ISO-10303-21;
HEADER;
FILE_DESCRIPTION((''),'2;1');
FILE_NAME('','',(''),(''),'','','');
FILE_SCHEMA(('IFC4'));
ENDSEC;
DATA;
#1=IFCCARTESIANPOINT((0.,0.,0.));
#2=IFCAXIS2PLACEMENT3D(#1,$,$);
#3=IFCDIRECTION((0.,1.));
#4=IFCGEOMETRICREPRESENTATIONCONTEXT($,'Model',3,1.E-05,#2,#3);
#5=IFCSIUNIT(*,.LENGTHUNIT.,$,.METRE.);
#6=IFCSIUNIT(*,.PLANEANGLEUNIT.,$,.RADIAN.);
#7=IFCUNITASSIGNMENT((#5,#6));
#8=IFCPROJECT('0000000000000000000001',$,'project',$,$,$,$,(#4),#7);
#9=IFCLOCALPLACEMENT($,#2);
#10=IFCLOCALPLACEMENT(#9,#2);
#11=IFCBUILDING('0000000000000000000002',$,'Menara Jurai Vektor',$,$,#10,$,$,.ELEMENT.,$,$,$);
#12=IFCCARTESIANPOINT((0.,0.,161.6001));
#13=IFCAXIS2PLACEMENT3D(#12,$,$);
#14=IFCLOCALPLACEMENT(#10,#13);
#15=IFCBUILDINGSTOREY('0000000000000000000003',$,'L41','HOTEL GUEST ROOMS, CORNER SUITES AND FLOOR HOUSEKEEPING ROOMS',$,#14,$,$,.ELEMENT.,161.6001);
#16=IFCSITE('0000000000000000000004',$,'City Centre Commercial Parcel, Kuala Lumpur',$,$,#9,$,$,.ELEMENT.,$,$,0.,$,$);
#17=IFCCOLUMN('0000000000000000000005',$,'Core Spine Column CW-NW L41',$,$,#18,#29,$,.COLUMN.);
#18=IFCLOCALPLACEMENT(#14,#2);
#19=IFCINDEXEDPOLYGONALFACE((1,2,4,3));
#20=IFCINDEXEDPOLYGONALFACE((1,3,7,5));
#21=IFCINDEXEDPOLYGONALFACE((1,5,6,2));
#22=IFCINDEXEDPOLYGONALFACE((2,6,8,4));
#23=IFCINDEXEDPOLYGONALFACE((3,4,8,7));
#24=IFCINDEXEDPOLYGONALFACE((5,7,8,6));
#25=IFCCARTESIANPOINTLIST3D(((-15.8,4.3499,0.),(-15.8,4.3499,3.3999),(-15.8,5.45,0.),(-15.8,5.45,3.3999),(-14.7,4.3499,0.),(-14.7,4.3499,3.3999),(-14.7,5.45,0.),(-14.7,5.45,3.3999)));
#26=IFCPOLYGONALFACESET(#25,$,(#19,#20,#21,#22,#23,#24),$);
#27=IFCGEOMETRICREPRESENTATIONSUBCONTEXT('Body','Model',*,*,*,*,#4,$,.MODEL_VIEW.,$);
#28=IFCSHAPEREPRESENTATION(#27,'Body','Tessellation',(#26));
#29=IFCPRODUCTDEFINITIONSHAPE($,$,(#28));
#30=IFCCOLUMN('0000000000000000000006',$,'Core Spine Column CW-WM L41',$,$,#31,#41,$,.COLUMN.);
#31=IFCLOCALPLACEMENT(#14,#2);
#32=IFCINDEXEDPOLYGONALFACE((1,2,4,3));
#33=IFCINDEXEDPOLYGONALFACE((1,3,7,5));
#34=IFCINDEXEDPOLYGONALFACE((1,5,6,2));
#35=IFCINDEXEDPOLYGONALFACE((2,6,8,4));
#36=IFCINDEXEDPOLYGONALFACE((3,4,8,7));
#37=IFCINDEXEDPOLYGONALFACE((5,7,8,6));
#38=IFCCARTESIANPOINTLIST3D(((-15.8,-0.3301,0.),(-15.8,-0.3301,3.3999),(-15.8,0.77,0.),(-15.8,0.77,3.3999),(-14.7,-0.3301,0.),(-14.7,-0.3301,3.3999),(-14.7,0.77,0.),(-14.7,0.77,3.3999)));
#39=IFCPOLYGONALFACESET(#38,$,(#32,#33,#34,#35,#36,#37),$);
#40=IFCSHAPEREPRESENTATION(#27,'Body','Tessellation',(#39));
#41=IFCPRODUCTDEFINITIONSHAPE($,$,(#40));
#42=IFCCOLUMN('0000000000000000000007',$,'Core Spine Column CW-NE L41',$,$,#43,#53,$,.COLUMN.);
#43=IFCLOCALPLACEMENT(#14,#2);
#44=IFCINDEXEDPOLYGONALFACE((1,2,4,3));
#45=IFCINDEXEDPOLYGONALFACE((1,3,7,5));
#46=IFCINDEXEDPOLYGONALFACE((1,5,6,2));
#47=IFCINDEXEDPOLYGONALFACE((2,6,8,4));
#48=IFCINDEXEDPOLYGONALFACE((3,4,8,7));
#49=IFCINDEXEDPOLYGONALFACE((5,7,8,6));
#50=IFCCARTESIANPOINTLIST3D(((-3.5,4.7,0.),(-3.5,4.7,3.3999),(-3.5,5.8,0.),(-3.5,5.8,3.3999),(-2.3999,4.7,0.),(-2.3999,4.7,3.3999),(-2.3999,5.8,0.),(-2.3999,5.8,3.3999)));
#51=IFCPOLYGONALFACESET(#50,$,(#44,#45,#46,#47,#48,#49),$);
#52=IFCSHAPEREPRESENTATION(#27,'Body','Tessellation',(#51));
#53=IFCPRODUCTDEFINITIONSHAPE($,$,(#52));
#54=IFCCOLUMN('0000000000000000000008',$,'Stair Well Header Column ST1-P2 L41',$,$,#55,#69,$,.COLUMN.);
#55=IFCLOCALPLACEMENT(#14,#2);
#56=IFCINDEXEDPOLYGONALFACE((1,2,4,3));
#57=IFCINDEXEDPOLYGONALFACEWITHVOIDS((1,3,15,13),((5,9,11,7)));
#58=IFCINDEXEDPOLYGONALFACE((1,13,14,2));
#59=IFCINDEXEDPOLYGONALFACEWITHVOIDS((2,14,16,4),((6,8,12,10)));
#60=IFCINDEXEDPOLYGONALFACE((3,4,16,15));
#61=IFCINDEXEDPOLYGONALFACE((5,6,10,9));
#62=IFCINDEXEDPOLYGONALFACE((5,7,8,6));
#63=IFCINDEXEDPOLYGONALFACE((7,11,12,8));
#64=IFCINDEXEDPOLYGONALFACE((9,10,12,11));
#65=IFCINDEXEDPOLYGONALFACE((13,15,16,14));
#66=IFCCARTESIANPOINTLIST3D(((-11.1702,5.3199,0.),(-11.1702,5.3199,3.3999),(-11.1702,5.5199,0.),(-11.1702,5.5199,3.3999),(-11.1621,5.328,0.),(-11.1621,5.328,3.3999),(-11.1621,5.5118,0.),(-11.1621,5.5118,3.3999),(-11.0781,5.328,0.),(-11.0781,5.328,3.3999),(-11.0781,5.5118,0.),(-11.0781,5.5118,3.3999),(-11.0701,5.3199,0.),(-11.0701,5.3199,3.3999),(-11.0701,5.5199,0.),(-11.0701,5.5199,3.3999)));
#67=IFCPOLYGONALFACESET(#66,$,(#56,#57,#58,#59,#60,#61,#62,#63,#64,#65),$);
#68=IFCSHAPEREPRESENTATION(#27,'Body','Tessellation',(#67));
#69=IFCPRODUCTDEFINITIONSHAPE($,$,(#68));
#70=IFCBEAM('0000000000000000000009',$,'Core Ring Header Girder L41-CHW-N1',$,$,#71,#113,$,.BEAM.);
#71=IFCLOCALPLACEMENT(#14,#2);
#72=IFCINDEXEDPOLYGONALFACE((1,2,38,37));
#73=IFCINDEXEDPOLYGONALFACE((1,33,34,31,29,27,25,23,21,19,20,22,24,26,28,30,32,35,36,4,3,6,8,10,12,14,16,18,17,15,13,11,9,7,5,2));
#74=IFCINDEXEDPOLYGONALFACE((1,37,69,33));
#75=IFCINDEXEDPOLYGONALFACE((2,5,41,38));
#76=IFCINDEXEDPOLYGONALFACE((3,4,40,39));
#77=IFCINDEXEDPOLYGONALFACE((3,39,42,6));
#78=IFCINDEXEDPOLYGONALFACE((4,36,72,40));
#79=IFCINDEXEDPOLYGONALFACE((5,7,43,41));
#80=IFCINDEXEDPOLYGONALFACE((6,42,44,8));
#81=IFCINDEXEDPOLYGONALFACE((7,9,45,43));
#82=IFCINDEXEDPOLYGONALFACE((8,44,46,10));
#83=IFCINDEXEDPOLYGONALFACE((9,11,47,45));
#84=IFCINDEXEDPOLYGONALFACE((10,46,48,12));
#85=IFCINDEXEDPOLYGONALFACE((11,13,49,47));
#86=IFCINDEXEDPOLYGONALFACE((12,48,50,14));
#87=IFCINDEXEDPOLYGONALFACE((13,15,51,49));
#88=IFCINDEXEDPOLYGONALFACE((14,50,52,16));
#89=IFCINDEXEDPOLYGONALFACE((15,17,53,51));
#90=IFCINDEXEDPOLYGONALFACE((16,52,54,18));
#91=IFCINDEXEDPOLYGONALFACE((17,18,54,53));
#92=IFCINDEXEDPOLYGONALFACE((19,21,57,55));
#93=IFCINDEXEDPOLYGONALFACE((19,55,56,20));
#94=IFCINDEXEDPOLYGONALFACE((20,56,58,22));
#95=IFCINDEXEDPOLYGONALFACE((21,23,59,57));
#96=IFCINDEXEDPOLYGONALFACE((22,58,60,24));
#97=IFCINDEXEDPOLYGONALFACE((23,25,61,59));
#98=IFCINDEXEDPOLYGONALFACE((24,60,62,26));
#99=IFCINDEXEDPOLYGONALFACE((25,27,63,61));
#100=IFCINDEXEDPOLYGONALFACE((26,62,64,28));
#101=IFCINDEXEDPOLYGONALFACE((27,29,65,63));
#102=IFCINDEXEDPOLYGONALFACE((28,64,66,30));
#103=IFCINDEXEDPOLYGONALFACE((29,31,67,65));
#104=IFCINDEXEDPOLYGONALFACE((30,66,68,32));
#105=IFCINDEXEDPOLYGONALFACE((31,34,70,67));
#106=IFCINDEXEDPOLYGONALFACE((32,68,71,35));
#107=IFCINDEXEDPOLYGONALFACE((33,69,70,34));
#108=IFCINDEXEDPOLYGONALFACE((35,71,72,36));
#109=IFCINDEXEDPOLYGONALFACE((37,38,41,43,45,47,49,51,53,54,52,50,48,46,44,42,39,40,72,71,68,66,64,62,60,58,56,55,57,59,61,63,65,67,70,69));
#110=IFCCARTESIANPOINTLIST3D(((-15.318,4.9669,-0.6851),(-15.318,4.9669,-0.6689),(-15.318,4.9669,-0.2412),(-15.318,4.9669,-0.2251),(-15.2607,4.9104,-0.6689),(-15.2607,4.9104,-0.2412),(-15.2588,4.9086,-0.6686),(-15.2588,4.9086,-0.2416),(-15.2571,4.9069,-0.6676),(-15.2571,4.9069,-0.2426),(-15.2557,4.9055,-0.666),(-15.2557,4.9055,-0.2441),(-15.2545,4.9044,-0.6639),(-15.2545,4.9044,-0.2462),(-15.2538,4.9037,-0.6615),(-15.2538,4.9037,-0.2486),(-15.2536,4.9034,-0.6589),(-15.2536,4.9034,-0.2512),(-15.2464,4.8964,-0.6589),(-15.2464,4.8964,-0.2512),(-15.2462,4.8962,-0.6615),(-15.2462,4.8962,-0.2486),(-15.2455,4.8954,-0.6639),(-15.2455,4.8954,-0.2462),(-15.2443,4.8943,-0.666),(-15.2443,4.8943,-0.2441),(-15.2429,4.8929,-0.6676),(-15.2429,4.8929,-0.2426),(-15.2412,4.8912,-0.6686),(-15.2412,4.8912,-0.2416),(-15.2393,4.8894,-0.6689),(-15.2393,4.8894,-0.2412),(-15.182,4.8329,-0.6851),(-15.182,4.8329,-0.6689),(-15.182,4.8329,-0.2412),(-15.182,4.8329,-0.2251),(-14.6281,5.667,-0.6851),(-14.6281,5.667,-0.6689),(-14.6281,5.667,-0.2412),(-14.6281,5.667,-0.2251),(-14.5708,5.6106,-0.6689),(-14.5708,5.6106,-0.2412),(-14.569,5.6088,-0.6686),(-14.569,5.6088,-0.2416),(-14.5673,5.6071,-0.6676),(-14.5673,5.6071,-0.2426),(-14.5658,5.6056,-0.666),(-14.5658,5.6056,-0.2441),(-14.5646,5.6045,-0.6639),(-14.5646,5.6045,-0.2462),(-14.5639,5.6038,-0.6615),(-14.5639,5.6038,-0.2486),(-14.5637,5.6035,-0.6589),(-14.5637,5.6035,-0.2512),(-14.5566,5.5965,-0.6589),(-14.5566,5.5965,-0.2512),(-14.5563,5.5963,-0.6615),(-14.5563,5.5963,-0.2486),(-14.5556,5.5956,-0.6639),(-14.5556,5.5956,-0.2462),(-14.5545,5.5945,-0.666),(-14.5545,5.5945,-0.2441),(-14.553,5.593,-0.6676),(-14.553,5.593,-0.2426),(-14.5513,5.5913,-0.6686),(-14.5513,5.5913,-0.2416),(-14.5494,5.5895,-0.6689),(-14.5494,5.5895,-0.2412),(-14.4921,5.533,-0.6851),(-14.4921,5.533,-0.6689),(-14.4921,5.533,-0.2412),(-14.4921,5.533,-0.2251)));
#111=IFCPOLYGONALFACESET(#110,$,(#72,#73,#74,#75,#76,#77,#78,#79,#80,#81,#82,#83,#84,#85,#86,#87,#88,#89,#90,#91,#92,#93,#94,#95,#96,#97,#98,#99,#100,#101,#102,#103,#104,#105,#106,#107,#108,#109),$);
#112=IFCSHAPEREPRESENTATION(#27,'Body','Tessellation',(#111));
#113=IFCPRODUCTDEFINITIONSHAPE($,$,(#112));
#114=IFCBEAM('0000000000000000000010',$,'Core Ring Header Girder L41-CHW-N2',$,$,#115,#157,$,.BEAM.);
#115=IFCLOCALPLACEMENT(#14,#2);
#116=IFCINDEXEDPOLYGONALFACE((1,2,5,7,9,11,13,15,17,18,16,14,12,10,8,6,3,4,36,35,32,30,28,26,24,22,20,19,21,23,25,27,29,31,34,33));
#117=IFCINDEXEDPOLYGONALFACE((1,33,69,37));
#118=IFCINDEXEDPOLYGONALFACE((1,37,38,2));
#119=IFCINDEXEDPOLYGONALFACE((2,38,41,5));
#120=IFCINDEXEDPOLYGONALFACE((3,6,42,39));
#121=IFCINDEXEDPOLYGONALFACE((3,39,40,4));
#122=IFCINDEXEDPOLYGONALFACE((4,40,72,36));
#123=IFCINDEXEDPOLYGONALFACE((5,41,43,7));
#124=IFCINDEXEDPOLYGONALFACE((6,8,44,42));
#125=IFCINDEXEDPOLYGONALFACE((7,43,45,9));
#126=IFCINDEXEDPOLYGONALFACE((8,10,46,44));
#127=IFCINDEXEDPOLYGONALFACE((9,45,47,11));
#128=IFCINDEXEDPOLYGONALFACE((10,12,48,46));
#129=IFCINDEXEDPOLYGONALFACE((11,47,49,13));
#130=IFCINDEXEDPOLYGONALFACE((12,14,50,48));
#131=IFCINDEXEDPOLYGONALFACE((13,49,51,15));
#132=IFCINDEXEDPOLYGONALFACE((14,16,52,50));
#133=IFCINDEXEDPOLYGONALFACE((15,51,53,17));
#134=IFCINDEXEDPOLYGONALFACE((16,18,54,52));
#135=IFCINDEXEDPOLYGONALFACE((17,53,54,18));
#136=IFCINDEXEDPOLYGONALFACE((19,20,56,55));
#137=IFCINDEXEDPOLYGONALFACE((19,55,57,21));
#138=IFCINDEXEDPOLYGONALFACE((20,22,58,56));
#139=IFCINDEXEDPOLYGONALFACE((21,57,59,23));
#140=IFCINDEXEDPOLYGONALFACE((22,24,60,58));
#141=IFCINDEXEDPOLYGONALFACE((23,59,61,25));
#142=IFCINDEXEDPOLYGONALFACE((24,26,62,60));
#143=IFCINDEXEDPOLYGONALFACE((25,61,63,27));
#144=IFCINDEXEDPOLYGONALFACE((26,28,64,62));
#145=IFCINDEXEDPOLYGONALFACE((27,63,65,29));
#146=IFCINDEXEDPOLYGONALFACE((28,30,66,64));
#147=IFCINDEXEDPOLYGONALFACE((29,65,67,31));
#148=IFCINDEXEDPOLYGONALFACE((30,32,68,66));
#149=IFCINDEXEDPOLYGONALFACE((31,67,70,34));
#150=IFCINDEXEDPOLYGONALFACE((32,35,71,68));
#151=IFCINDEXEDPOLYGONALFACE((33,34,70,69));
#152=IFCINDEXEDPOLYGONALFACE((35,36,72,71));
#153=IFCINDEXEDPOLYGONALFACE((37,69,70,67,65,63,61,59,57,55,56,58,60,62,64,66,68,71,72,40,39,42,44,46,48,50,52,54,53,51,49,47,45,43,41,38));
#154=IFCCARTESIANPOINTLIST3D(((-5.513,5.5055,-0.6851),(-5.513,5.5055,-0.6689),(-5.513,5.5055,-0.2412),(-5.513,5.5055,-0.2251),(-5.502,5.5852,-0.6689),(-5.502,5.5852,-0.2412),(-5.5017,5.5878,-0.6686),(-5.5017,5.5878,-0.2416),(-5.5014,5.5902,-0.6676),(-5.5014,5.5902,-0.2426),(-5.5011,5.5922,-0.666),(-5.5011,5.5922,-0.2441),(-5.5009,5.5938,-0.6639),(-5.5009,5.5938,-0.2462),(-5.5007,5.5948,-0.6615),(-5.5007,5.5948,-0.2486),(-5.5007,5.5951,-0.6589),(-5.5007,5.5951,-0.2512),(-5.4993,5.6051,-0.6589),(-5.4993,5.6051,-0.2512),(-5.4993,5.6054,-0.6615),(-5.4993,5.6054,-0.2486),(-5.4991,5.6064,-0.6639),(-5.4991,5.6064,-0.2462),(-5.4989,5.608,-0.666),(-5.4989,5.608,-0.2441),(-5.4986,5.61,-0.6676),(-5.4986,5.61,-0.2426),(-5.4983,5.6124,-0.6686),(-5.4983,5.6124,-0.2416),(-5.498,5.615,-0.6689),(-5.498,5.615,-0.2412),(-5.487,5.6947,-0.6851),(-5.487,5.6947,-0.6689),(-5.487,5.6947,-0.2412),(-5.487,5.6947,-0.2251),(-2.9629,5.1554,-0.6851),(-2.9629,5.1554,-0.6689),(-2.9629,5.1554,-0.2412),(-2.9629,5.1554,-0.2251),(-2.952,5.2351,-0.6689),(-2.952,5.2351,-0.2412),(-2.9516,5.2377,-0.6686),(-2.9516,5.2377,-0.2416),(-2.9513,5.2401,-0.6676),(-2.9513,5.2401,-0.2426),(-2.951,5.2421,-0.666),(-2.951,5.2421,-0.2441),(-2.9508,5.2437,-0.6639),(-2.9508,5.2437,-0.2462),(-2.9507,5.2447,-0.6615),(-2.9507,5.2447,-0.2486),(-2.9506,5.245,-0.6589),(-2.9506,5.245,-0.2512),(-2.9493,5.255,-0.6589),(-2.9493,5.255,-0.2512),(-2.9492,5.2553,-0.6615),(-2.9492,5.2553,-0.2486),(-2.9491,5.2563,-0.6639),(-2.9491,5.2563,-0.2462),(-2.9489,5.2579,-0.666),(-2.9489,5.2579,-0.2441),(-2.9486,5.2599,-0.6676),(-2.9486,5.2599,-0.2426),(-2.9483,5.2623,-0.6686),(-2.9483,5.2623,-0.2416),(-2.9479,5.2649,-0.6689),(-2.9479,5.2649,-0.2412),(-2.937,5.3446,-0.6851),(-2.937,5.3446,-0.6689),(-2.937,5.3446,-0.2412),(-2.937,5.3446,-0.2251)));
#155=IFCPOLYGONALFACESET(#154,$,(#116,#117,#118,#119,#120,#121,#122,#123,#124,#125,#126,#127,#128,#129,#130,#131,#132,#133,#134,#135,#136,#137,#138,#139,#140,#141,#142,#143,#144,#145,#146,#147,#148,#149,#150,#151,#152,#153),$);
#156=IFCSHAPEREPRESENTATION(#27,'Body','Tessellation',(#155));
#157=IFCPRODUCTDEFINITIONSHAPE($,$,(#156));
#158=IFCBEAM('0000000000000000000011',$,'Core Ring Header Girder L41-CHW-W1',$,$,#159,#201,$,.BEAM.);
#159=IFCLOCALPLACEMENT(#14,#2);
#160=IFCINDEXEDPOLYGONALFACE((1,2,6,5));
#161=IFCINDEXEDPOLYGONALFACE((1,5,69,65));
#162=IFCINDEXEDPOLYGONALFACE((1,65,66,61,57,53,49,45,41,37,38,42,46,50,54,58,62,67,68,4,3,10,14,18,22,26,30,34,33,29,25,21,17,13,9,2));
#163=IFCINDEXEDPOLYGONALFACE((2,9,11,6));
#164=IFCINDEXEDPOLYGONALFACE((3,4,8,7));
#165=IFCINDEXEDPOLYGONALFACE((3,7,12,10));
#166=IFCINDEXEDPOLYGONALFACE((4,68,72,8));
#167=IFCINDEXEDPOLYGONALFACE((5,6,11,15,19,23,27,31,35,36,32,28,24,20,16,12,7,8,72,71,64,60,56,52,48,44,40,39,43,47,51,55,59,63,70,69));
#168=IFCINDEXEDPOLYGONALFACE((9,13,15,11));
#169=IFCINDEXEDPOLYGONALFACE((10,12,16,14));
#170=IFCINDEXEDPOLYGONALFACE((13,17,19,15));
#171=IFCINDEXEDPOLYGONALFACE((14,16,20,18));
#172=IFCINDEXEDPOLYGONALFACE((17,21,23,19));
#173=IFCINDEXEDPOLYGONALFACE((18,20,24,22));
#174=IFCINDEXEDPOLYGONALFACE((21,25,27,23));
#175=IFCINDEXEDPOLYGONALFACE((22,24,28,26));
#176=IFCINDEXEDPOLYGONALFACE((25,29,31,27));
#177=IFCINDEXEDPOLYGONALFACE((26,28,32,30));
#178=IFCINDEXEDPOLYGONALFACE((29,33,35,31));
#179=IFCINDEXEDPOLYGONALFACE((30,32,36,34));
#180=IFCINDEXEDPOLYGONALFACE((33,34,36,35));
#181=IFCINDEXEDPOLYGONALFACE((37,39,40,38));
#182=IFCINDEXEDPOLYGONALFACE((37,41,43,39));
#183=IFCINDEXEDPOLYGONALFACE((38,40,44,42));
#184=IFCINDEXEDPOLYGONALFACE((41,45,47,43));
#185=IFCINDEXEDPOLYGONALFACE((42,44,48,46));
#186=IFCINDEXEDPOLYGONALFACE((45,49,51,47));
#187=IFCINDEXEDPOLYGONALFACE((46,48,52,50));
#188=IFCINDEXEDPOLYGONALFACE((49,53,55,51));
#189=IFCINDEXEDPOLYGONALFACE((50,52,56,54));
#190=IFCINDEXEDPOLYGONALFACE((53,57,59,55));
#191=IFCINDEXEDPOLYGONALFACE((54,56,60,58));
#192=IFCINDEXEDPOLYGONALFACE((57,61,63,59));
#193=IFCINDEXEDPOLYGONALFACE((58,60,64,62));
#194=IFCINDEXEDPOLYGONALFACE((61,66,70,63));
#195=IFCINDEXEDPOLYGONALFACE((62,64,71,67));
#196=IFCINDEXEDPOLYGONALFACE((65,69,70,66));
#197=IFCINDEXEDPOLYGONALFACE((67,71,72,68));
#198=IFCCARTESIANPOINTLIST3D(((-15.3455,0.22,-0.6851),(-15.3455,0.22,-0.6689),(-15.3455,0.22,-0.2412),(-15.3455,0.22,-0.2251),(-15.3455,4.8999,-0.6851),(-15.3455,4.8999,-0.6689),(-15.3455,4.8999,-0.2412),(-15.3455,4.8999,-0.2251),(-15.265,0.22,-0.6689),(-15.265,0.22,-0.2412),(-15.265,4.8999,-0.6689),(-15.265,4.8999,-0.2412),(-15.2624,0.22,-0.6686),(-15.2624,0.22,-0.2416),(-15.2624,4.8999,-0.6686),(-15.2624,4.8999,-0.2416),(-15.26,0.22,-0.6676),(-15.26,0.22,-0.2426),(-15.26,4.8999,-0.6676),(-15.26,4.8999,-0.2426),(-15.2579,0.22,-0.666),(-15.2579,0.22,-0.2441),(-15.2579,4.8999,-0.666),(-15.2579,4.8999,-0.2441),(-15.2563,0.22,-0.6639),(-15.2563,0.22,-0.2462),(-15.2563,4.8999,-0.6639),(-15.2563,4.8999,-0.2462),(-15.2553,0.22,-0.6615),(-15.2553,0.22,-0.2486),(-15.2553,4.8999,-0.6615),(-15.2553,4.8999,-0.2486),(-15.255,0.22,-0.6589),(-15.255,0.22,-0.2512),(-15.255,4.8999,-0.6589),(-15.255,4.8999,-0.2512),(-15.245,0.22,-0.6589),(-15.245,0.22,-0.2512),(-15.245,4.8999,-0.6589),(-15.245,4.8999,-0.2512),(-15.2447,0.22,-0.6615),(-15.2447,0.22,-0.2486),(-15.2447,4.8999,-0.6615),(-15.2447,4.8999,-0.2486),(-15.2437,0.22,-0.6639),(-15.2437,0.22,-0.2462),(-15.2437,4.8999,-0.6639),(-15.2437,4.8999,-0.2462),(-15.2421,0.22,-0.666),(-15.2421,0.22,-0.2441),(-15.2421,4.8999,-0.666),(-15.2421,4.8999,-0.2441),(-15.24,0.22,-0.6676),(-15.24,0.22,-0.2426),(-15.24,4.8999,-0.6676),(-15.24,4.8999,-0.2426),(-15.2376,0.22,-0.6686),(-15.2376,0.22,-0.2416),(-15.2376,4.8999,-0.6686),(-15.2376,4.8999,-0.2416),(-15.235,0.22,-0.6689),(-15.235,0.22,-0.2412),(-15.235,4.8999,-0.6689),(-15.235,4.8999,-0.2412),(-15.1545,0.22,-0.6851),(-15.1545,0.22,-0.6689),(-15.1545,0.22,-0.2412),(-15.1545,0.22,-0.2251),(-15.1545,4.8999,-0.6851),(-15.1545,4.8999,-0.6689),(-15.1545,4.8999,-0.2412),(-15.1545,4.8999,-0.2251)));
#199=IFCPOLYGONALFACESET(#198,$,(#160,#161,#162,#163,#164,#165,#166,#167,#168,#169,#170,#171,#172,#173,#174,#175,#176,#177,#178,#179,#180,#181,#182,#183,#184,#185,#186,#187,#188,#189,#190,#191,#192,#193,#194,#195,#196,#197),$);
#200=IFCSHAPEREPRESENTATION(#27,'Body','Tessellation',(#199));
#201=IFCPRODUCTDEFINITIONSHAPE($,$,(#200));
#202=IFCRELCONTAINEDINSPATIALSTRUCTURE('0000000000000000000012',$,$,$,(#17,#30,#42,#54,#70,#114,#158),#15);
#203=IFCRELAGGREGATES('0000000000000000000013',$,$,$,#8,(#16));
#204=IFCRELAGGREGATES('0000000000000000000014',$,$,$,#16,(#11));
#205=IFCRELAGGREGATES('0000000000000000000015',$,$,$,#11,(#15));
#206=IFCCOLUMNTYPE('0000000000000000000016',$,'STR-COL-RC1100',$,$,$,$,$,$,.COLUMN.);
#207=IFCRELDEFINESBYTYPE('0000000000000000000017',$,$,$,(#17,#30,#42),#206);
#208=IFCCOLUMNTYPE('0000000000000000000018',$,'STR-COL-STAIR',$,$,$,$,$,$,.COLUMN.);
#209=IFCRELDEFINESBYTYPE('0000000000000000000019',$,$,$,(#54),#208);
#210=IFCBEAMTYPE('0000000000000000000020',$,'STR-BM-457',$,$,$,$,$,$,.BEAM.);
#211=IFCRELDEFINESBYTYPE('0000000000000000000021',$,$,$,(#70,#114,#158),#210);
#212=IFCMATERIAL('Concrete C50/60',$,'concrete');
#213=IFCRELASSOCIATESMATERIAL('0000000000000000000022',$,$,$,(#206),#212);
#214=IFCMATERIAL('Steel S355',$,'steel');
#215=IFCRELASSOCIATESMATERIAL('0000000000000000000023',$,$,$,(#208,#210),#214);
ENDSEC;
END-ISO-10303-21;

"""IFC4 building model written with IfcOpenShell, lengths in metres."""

from ifc_helpers import new_model, si_unit, direction, frame, origin, origin_2d, place, context, subcontext, project, spatial, rectangle, hollow_rectangle, i_section, extrude, material, material_profile, profile_set, type_object, element, save


model = new_model("IFC4")

# Units and contexts
model_context = context("Model", 3, precision=1e-05, world=origin(), true_north=direction((0.0, 1.0)))
body_context = subcontext(model_context, "Body", "Model", "MODEL_VIEW")
ifc_project = project(units=[si_unit("LENGTHUNIT", "METRE"), si_unit("PLANEANGLEUNIT", "RADIAN")], contexts=[model_context])

# Site, building, storey
site_placement = place(None, origin())
site = spatial("IfcSite", under=ifc_project, at=site_placement, Name="City Centre Commercial Parcel, Kuala Lumpur", CompositionType="ELEMENT", RefElevation=0.0)
building_placement = place(site_placement, origin())
building = spatial("IfcBuilding", under=site, at=building_placement, Name="Menara Jurai Vektor", CompositionType="ELEMENT")
storey_placement = place(building_placement, frame((0.0, 0.0, 161.6001)))
storey = spatial("IfcBuildingStorey", under=building, at=storey_placement, Name="L41", Description="HOTEL GUEST ROOMS, CORNER SUITES AND FLOOR HOUSEKEEPING ROOMS", CompositionType="ELEMENT", Elevation=161.6001)

# Columns
ifc_material_1 = material(Name="Concrete C50/60", Category="concrete")
ifc_material_profile_1 = material_profile(ifc_material_1, rectangle(XDim=1.1001, YDim=1.1001, at=origin_2d()), Name="RC 1100x1100")
ifc_profile_set_1 = profile_set([ifc_material_profile_1], Name="Concrete C50/60")
column_type_1 = type_object("IfcColumnType", Name="STR-COL-RC1100", PredefinedType="COLUMN", material=ifc_profile_set_1)
for number, where, z_axis, x_axis, name in (
    (1, (-15.25, 4.8999, 0.0), (0.0, 0.0, 1.0), (1.0, 0.0, 0.0), "Core Spine Column CW-NW L41"),
    (2, (-15.25, 0.22, 0.0), (0.0, 0.0, 1.0), (1.0, 0.0, 0.0), "Core Spine Column CW-WM L41"),
    (3, (-2.95, 5.25, 0.0), (0.0, 0.0, 1.0), (1.0, 0.0, 0.0), "Core Spine Column CW-NE L41"),
):
    element("IfcColumn", number, at=place(storey_placement, frame(where, z_axis=z_axis, x_axis=x_axis)), inside=storey, type_object=column_type_1, Name=name, PredefinedType="COLUMN", context=body_context, shape_type="SweptSolid", body=[
        extrude(rectangle(XDim=1.1001, YDim=1.1001, at=origin_2d()), origin(), (0.0, 0.0, 1.0), 3.3999),
    ])
ifc_material_2 = material(Name="Steel S355", Category="steel")
ifc_material_profile_2 = material_profile(ifc_material_2, hollow_rectangle(XDim=0.1001, YDim=0.2, WallThickness=0.0081, at=origin_2d()), Name="RHS 200x100x8")
ifc_profile_set_2 = profile_set([ifc_material_profile_2], Name="Steel S355")
column_type_2 = type_object("IfcColumnType", Name="STR-COL-STAIR", PredefinedType="COLUMN", material=ifc_profile_set_2)
column_placement = place(storey_placement, frame((-11.1201, 5.4199, 0.0), z_axis=(0.0, 0.0, 1.0), x_axis=(1.0, 0.0, 0.0)))
element("IfcColumn", 4, at=column_placement, inside=storey, type_object=column_type_2, Name="Stair Well Header Column ST1-P2 L41", PredefinedType="COLUMN", context=body_context, shape_type="SweptSolid", body=[
    extrude(hollow_rectangle(XDim=0.1001, YDim=0.2, WallThickness=0.0081, at=origin_2d()), origin(), (0.0, 0.0, 1.0), 3.3999),
])

# Beams
ifc_material_profile_3 = material_profile(ifc_material_2, i_section(OverallWidth=0.1909, OverallDepth=0.46, WebThickness=0.01, FlangeThickness=0.0161, FilletRadius=0.01, at=origin_2d()), Name="UKB 457x191x82")
ifc_profile_set_3 = profile_set([ifc_material_profile_3], Name="Steel S355")
beam_type_1 = type_object("IfcBeamType", Name="STR-BM-457", PredefinedType="BEAM", material=ifc_profile_set_3)
beam_1_placement = place(storey_placement, frame((-15.25, 4.8999, -0.4551), z_axis=(0.701872, 0.712303, 0.0), x_axis=(-0.712303, 0.701872, 0.0)))
element("IfcBeam", 5, at=beam_1_placement, inside=storey, type_object=beam_type_1, Name="Core Ring Header Girder L41-CHW-N1", PredefinedType="BEAM", context=body_context, shape_type="SweptSolid", body=[
    extrude(i_section(OverallWidth=0.1909, OverallDepth=0.46, WebThickness=0.01, FlangeThickness=0.0161, FilletRadius=0.01, at=origin_2d()), origin(), (0.0, 0.0, 1.0), 0.9829),
])
beam_2_placement = place(storey_placement, frame((-5.5, 5.6001, -0.4551), z_axis=(0.990707, -0.136015, 0.0), x_axis=(0.136015, 0.990707, 0.0)))
element("IfcBeam", 6, at=beam_2_placement, inside=storey, type_object=beam_type_1, Name="Core Ring Header Girder L41-CHW-N2", PredefinedType="BEAM", context=body_context, shape_type="SweptSolid", body=[
    extrude(i_section(OverallWidth=0.1909, OverallDepth=0.46, WebThickness=0.01, FlangeThickness=0.0161, FilletRadius=0.01, at=origin_2d()), origin(), (0.0, 0.0, 1.0), 2.574),
])
beam_3_placement = place(storey_placement, frame((-15.25, 0.22, -0.4551), z_axis=(0.0, 1.0, 0.0), x_axis=(-1.0, 0.0, 0.0)))
element("IfcBeam", 7, at=beam_3_placement, inside=storey, type_object=beam_type_1, Name="Core Ring Header Girder L41-CHW-W1", PredefinedType="BEAM", context=body_context, shape_type="SweptSolid", body=[
    extrude(i_section(OverallWidth=0.1909, OverallDepth=0.46, WebThickness=0.01, FlangeThickness=0.0161, FilletRadius=0.01, at=origin_2d()), origin(), (0.0, 0.0, 1.0), 4.6799),
])

save(model, "model.ifc")
